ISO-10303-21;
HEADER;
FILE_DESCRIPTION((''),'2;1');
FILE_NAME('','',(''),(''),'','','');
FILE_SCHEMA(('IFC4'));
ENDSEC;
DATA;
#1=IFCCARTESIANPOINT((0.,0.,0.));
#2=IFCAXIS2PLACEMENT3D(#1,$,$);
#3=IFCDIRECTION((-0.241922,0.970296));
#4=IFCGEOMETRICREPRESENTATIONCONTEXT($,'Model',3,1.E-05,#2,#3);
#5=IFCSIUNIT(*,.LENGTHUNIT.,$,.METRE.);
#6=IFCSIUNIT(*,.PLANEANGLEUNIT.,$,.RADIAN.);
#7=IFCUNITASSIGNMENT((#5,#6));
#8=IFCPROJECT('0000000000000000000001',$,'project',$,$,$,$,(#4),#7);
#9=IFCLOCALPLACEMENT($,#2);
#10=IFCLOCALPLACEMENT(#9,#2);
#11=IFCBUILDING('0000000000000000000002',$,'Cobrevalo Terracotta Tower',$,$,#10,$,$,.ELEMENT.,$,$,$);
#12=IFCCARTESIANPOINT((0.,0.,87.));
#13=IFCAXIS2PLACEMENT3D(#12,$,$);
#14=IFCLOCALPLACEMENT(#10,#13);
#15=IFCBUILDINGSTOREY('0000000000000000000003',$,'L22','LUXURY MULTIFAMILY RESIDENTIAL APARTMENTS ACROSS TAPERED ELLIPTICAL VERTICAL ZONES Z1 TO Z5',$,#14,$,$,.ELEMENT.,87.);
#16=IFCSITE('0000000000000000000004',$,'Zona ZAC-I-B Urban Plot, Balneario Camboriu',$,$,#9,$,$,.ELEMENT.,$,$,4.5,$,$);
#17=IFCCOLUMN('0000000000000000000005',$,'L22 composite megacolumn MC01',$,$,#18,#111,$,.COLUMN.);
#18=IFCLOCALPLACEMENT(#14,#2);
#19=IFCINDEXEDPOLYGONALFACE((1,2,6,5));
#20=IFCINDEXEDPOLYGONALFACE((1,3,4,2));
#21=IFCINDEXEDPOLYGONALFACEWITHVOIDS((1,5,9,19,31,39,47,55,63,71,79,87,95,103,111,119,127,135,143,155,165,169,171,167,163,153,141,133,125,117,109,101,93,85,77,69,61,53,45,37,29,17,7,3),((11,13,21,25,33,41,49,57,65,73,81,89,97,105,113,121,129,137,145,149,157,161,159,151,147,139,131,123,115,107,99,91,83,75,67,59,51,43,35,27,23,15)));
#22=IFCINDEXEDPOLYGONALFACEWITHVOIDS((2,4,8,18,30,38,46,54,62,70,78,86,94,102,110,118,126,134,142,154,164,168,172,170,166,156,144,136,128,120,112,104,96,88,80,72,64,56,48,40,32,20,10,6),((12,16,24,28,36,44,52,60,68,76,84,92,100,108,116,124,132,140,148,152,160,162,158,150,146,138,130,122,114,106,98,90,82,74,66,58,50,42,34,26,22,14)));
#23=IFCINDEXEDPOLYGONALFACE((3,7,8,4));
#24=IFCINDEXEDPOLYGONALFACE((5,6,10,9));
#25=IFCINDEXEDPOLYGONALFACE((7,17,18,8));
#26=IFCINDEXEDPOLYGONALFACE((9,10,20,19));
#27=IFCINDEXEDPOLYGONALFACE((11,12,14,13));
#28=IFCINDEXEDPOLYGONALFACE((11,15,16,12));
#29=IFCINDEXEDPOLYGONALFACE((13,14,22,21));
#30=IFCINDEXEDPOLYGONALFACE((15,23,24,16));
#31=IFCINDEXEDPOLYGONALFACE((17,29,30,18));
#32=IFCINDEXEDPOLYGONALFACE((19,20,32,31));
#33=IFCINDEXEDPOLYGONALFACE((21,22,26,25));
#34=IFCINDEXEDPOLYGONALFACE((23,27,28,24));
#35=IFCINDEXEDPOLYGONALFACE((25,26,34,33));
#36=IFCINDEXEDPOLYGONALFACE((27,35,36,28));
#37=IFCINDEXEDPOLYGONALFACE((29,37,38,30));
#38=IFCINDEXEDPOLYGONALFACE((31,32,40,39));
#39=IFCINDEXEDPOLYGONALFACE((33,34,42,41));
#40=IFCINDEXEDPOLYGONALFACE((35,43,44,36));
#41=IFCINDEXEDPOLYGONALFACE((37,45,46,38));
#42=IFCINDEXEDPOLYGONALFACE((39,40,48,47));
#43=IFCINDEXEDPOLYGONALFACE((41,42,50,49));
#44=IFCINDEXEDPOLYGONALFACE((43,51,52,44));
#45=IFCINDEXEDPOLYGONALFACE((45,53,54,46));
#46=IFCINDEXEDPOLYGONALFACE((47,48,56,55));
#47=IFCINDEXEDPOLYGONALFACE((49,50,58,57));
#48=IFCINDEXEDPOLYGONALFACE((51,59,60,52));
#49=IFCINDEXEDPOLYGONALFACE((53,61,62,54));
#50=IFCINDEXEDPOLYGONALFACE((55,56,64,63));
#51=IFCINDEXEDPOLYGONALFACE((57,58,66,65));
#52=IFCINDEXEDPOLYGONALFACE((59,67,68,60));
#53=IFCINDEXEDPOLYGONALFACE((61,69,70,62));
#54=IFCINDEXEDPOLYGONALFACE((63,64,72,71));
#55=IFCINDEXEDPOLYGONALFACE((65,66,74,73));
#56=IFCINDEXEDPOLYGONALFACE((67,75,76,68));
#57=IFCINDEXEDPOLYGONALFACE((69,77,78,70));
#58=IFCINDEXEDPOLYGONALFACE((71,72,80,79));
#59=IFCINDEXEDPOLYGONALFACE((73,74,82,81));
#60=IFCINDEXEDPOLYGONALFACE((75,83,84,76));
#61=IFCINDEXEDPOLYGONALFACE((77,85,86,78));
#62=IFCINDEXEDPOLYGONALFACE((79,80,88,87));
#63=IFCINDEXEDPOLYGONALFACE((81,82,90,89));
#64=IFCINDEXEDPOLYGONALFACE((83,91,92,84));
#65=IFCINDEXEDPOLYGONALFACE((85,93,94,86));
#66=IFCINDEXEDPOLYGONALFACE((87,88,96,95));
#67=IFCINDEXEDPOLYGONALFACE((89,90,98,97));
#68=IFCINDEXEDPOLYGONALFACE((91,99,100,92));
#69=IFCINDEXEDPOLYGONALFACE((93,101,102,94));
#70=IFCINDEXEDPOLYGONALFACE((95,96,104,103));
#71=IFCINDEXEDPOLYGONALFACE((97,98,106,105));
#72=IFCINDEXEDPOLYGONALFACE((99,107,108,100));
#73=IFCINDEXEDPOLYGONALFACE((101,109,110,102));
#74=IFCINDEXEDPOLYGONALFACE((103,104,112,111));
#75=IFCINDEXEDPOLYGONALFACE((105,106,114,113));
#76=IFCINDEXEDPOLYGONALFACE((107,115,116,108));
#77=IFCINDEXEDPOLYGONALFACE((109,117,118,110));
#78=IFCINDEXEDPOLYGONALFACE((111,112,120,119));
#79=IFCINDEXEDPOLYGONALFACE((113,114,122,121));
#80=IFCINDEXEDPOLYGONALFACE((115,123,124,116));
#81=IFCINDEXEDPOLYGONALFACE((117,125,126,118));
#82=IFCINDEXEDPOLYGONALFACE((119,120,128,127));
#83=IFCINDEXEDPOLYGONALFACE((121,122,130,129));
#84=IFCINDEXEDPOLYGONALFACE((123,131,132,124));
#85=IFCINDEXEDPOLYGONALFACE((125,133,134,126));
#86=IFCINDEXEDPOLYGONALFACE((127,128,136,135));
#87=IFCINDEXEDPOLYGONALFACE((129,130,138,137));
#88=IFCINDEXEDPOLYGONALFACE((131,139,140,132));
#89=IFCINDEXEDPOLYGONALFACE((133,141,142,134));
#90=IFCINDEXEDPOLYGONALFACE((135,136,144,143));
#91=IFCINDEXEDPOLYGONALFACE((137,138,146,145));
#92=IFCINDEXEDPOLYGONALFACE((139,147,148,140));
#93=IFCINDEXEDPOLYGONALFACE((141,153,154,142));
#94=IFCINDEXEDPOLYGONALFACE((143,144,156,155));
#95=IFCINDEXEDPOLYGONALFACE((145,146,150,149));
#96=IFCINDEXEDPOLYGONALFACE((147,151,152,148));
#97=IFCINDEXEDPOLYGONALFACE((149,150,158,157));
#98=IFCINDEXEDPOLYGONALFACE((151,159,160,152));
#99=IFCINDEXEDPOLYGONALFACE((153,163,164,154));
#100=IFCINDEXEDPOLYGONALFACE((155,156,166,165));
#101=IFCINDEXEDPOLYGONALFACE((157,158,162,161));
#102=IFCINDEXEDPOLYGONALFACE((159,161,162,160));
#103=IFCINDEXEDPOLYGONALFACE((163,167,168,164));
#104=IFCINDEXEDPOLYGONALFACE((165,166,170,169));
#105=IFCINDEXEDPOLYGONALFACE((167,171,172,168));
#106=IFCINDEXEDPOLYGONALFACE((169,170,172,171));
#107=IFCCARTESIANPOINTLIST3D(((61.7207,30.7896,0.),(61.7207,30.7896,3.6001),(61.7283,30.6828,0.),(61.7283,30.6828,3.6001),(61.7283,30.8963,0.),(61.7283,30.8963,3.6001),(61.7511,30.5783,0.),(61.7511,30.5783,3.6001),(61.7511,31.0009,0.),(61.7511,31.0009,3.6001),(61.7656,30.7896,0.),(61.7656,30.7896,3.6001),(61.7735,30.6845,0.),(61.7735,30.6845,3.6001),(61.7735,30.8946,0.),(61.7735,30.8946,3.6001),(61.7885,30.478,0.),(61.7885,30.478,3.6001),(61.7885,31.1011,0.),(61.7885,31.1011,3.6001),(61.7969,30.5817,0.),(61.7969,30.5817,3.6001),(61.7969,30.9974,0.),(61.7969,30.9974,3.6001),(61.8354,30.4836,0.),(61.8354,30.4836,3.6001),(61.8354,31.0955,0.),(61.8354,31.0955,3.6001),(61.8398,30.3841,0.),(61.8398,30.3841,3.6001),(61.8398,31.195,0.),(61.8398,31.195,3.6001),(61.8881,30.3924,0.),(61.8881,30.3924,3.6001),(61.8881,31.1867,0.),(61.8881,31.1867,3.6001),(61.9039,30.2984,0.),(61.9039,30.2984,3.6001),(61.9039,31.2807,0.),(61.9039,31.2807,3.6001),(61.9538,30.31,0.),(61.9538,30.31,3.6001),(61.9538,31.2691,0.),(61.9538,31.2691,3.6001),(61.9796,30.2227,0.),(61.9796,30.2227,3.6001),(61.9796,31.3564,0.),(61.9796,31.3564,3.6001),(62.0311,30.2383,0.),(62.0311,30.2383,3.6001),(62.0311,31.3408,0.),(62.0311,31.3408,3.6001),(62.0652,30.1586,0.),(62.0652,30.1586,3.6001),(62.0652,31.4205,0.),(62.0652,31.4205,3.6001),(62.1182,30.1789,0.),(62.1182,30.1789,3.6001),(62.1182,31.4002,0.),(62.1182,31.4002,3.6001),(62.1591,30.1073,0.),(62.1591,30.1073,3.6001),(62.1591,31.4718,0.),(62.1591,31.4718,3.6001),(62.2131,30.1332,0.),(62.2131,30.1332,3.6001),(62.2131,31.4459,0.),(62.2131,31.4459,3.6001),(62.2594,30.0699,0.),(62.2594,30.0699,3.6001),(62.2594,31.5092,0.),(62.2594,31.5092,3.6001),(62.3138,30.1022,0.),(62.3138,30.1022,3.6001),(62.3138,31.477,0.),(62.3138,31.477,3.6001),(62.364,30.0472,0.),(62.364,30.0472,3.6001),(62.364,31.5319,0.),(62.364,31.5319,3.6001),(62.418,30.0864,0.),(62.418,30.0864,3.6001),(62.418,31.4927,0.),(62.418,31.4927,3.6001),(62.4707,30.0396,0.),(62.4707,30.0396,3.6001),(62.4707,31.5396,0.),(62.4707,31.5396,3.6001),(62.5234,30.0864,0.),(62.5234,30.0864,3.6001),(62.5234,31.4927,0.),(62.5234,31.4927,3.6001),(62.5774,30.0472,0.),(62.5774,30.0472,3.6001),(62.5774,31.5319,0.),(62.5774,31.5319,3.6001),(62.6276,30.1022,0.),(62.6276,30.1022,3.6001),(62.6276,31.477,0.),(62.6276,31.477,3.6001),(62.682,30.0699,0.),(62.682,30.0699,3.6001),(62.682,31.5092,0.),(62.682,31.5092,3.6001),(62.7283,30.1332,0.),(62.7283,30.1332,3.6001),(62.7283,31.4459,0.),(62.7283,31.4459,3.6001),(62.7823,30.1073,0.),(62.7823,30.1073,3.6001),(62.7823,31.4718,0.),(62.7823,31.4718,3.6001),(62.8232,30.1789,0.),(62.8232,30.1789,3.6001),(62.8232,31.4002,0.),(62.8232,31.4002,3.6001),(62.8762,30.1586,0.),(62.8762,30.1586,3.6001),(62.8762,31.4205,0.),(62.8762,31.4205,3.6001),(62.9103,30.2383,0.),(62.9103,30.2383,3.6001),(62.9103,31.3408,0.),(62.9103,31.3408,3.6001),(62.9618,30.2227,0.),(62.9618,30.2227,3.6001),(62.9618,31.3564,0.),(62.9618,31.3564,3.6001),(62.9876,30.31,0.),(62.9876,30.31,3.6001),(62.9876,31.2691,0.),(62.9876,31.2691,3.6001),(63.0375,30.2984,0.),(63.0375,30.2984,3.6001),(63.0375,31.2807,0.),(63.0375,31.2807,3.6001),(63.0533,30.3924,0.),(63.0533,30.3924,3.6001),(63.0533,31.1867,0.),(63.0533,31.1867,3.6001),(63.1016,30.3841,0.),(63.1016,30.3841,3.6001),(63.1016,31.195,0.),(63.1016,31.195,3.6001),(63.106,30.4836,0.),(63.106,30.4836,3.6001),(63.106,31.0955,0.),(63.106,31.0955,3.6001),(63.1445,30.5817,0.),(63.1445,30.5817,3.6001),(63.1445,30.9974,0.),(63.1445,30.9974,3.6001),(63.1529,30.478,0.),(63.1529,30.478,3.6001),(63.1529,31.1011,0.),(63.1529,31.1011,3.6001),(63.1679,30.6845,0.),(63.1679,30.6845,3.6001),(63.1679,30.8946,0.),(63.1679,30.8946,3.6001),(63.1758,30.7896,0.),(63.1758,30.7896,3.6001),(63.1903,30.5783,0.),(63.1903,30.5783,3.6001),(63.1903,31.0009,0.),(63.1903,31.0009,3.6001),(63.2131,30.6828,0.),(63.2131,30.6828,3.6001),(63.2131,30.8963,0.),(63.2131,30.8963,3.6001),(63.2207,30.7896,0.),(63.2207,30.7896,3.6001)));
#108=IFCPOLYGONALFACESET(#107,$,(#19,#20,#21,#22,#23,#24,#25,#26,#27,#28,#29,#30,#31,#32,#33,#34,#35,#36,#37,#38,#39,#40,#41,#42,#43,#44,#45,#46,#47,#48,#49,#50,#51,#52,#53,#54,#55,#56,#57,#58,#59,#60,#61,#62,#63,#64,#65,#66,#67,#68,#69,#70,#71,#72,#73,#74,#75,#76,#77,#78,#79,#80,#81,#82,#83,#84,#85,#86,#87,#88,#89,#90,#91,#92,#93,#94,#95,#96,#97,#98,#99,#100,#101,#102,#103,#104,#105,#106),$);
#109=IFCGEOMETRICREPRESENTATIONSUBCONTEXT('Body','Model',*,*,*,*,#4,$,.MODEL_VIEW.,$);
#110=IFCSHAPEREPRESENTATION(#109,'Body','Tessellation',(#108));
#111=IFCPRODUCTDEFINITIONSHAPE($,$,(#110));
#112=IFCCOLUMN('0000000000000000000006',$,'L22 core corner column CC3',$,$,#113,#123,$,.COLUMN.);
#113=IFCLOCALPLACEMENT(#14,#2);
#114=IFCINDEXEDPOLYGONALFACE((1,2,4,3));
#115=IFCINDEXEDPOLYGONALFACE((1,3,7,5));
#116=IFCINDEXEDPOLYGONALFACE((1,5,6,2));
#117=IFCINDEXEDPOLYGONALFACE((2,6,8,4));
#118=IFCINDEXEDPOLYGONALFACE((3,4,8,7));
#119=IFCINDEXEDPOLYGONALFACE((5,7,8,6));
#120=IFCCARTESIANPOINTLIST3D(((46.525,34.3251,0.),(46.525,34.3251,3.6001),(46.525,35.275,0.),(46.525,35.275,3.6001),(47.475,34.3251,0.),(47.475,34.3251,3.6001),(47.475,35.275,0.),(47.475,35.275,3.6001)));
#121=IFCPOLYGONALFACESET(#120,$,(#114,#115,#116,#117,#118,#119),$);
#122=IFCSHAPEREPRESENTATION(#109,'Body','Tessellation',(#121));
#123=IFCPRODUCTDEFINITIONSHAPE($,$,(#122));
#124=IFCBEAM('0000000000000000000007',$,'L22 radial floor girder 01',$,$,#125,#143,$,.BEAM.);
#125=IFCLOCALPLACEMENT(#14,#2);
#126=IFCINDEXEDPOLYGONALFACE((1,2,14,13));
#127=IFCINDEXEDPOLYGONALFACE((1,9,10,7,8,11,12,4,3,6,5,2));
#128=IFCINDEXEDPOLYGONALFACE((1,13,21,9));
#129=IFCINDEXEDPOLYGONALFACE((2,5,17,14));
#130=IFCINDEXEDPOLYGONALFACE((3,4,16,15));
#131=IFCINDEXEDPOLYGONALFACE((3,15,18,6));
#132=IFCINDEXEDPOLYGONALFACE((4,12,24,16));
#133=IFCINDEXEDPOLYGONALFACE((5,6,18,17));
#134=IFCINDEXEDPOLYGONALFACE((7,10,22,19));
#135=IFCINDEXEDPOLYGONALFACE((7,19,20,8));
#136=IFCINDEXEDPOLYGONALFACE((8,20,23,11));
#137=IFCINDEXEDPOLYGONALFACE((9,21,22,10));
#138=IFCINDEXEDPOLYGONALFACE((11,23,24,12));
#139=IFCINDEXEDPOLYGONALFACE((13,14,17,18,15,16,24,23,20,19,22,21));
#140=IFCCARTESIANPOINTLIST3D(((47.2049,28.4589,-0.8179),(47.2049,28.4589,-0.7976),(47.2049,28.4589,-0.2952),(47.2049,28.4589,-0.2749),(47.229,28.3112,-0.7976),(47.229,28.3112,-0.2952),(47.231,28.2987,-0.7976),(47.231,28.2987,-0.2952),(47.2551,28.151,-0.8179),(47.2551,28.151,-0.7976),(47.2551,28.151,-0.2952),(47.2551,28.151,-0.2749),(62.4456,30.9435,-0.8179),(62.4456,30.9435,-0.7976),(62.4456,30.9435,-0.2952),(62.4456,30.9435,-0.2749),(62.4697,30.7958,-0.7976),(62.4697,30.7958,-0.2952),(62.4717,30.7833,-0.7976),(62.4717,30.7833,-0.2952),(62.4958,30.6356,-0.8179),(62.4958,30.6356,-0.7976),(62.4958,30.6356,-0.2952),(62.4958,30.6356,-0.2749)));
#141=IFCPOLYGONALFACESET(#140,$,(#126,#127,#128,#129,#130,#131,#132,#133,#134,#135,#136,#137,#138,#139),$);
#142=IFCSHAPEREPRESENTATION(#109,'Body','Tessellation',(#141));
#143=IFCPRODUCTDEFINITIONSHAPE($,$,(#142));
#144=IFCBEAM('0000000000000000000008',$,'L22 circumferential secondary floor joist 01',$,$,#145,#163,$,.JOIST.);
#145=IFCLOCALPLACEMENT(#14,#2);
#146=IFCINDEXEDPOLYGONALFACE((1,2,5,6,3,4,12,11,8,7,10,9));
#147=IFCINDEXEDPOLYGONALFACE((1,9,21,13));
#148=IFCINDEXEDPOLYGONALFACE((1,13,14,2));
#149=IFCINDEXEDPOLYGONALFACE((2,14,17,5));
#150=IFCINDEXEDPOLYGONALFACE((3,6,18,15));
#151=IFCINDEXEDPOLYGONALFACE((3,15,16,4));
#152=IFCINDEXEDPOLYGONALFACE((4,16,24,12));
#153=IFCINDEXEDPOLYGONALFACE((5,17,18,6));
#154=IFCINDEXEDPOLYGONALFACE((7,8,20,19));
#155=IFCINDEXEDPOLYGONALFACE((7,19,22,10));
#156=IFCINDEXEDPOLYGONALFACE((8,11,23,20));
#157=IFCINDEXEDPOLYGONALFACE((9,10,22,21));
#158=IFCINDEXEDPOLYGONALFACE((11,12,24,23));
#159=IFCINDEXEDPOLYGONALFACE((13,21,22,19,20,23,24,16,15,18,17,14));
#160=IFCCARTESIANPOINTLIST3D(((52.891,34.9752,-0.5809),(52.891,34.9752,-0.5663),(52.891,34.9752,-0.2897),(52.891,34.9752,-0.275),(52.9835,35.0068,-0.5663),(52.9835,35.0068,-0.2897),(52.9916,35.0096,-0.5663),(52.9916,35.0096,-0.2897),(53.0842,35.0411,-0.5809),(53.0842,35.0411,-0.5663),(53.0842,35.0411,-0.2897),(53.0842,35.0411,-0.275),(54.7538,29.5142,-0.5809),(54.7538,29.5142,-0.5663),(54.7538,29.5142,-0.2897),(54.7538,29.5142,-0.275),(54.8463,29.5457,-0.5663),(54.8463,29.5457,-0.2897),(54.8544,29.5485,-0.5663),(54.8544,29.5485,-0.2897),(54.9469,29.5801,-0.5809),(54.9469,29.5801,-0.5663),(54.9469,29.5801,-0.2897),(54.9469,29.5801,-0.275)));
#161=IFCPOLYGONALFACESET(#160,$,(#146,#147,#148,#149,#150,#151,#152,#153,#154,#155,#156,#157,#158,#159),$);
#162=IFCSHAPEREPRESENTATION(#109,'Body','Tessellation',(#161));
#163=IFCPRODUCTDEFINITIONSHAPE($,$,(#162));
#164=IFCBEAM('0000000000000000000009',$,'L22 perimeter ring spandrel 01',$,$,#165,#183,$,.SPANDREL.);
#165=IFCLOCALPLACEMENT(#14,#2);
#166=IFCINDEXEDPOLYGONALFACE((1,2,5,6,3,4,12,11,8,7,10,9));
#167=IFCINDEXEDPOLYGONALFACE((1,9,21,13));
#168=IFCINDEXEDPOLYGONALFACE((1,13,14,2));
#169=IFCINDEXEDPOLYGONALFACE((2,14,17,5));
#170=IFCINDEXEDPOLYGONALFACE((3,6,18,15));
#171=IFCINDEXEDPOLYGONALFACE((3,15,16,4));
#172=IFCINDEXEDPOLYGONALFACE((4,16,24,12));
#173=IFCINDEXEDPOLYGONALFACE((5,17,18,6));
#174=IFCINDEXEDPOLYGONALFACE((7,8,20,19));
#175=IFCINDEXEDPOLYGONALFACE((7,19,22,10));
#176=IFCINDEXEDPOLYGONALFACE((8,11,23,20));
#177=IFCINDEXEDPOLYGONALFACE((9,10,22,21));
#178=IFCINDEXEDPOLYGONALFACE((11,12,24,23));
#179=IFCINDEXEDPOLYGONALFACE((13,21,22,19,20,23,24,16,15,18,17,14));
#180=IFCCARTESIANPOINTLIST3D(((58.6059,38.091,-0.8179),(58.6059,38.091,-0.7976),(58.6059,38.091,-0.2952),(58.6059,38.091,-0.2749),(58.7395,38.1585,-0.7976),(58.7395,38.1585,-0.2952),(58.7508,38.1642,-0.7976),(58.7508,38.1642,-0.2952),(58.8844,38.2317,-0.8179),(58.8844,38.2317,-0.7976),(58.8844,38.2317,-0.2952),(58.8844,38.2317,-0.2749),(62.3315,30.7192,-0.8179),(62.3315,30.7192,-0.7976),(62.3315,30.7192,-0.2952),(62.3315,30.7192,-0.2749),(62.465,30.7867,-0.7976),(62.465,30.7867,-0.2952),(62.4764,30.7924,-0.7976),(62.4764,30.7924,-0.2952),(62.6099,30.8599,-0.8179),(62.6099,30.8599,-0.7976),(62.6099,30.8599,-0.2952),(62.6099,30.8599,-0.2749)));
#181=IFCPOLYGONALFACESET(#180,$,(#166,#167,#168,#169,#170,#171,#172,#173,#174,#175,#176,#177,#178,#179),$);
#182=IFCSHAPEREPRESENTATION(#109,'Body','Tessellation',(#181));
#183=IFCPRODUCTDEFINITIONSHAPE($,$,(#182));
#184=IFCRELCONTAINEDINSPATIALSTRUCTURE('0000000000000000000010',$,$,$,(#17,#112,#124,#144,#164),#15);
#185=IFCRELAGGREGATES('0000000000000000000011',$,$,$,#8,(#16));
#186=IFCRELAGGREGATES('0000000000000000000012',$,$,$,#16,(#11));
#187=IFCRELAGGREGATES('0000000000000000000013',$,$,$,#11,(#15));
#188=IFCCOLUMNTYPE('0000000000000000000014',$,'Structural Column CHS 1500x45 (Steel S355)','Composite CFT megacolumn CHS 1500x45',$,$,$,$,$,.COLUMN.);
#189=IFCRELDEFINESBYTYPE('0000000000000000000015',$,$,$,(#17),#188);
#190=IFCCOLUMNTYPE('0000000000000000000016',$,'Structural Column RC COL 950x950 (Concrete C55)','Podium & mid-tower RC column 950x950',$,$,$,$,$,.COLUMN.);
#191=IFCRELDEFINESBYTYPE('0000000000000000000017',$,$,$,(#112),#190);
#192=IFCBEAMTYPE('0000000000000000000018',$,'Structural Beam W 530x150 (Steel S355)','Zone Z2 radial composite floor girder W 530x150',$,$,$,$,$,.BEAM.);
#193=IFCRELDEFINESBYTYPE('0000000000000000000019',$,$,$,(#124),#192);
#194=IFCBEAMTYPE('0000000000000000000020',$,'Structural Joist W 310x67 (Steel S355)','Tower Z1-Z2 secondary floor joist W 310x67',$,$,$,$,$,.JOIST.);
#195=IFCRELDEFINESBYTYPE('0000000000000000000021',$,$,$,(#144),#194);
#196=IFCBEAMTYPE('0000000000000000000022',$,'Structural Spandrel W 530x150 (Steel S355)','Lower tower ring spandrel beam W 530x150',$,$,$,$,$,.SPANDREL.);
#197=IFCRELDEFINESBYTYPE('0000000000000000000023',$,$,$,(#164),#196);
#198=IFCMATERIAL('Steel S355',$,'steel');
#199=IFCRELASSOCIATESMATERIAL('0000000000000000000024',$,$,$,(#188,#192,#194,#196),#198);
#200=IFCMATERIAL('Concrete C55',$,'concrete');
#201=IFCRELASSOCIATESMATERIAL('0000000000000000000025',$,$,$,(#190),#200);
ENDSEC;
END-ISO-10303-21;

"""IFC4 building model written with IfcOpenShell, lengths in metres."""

from ifc_helpers import new_model, si_unit, direction, frame, origin, origin_2d, place, context, subcontext, project, spatial, rectangle, hollow_circle, i_section, extrude, material, material_profile, profile_set, type_object, element, save


model = new_model("IFC4")

# Units and contexts
model_context = context("Model", 3, precision=1e-05, world=origin(), true_north=direction((-0.241922, 0.970296)))
body_context = subcontext(model_context, "Body", "Model", "MODEL_VIEW")
ifc_project = project(units=[si_unit("LENGTHUNIT", "METRE"), si_unit("PLANEANGLEUNIT", "RADIAN")], contexts=[model_context])

# Site, building, storey
site_placement = place(None, origin())
site = spatial("IfcSite", under=ifc_project, at=site_placement, Name="Zona ZAC-I-B Urban Plot, Balneario Camboriu", CompositionType="ELEMENT", RefElevation=4.5)
building_placement = place(site_placement, origin())
building = spatial("IfcBuilding", under=site, at=building_placement, Name="Cobrevalo Terracotta Tower", CompositionType="ELEMENT")
storey_placement = place(building_placement, frame((0.0, 0.0, 87.0)))
storey = spatial("IfcBuildingStorey", under=building, at=storey_placement, Name="L22", Description="LUXURY MULTIFAMILY RESIDENTIAL APARTMENTS ACROSS TAPERED ELLIPTICAL VERTICAL ZONES Z1 TO Z5", CompositionType="ELEMENT", Elevation=87.0)

# Columns
ifc_material_1 = material(Name="Steel S355", Category="steel")
ifc_material_profile_1 = material_profile(ifc_material_1, hollow_circle(Radius=0.75, WallThickness=0.0449, at=origin_2d()), Name="CHS 1500x45")
ifc_profile_set_1 = profile_set([ifc_material_profile_1], Name="Steel S355")
column_type_1 = type_object("IfcColumnType", Name="Structural Column CHS 1500x45 (Steel S355)", Description="Composite CFT megacolumn CHS 1500x45", PredefinedType="COLUMN", material=ifc_profile_set_1)
column_1_placement = place(storey_placement, frame((62.4707, 30.7896, 0.0), z_axis=(0.0, 0.0, 1.0), x_axis=(1.0, 0.0, 0.0)))
element("IfcColumn", 1, at=column_1_placement, inside=storey, type_object=column_type_1, Name="L22 composite megacolumn MC01", PredefinedType="COLUMN", context=body_context, shape_type="SweptSolid", body=[
    extrude(hollow_circle(Radius=0.75, WallThickness=0.0449, at=origin_2d()), origin(), (0.0, 0.0, 1.0), 3.6001),
])
ifc_material_2 = material(Name="Concrete C55", Category="concrete")
ifc_material_profile_2 = material_profile(ifc_material_2, rectangle(XDim=0.95, YDim=0.95, at=origin_2d()), Name="RC COL 950x950")
ifc_profile_set_2 = profile_set([ifc_material_profile_2], Name="Concrete C55")
column_type_2 = type_object("IfcColumnType", Name="Structural Column RC COL 950x950 (Concrete C55)", Description="Podium & mid-tower RC column 950x950", PredefinedType="COLUMN", material=ifc_profile_set_2)
column_2_placement = place(storey_placement, frame((47.0, 34.8, 0.0), z_axis=(0.0, 0.0, 1.0), x_axis=(1.0, 0.0, 0.0)))
element("IfcColumn", 2, at=column_2_placement, inside=storey, type_object=column_type_2, Name="L22 core corner column CC3", PredefinedType="COLUMN", context=body_context, shape_type="SweptSolid", body=[
    extrude(rectangle(XDim=0.95, YDim=0.95, at=origin_2d()), origin(), (0.0, 0.0, 1.0), 3.6001),
])

# Beams
ifc_material_profile_3 = material_profile(ifc_material_1, i_section(OverallWidth=0.312, OverallDepth=0.543, WebThickness=0.0127, FlangeThickness=0.0203, at=origin_2d()), Name="W 530x150")
ifc_profile_set_3 = profile_set([ifc_material_profile_3], Name="Steel S355")
beam_type_1 = type_object("IfcBeamType", Name="Structural Beam W 530x150 (Steel S355)", Description="Zone Z2 radial composite floor girder W 530x150", PredefinedType="BEAM", material=ifc_profile_set_3)
beam_1_placement = place(storey_placement, frame((62.4707, 30.7896, -0.5464), z_axis=(-0.986971, -0.160901, 0.0), x_axis=(0.160901, -0.986971, 0.0)))
element("IfcBeam", 3, at=beam_1_placement, inside=storey, type_object=beam_type_1, Name="L22 radial floor girder 01", PredefinedType="BEAM", context=body_context, shape_type="SweptSolid", body=[
    extrude(i_section(OverallWidth=0.312, OverallDepth=0.543, WebThickness=0.0127, FlangeThickness=0.0203, at=origin_2d()), origin(), (0.0, 0.0, 1.0), 15.4419),
])
ifc_material_profile_4 = material_profile(ifc_material_1, i_section(OverallWidth=0.2041, OverallDepth=0.3059, WebThickness=0.0085, FlangeThickness=0.0146, at=origin_2d()), Name="W 310x67")
ifc_profile_set_4 = profile_set([ifc_material_profile_4], Name="Steel S355")
beam_type_2 = type_object("IfcBeamType", Name="Structural Joist W 310x67 (Steel S355)", Description="Tower Z1-Z2 secondary floor joist W 310x67", PredefinedType="JOIST", material=ifc_profile_set_4)
beam_2_placement = place(storey_placement, frame((54.8503, 29.5471, -0.428), z_axis=(-0.322833, 0.946456, 0.0), x_axis=(-0.946456, -0.322833, 0.0)))
element("IfcBeam", 4, at=beam_2_placement, inside=storey, type_object=beam_type_2, Name="L22 circumferential secondary floor joist 01", PredefinedType="JOIST", context=body_context, shape_type="SweptSolid", body=[
    extrude(i_section(OverallWidth=0.2041, OverallDepth=0.3059, WebThickness=0.0085, FlangeThickness=0.0146, at=origin_2d()), origin(), (0.0, 0.0, 1.0), 5.77),
])
ifc_material_profile_5 = material_profile(ifc_material_1, i_section(OverallWidth=0.312, OverallDepth=0.543, WebThickness=0.0127, FlangeThickness=0.0203, at=origin_2d()), Name="W 530x150")
ifc_profile_set_5 = profile_set([ifc_material_profile_5], Name="Steel S355")
beam_type_3 = type_object("IfcBeamType", Name="Structural Spandrel W 530x150 (Steel S355)", Description="Lower tower ring spandrel beam W 530x150", PredefinedType="SPANDREL", material=ifc_profile_set_5)
beam_3_placement = place(storey_placement, frame((62.4707, 30.7896, -0.5464), z_axis=(-0.451052, 0.892498, 0.0), x_axis=(-0.892498, -0.451052, 0.0)))
element("IfcBeam", 5, at=beam_3_placement, inside=storey, type_object=beam_type_3, Name="L22 perimeter ring spandrel 01", PredefinedType="SPANDREL", context=body_context, shape_type="SweptSolid", body=[
    extrude(i_section(OverallWidth=0.312, OverallDepth=0.543, WebThickness=0.0127, FlangeThickness=0.0203, at=origin_2d()), origin(), (0.0, 0.0, 1.0), 8.2598),
])

save(model, "model.ifc")
